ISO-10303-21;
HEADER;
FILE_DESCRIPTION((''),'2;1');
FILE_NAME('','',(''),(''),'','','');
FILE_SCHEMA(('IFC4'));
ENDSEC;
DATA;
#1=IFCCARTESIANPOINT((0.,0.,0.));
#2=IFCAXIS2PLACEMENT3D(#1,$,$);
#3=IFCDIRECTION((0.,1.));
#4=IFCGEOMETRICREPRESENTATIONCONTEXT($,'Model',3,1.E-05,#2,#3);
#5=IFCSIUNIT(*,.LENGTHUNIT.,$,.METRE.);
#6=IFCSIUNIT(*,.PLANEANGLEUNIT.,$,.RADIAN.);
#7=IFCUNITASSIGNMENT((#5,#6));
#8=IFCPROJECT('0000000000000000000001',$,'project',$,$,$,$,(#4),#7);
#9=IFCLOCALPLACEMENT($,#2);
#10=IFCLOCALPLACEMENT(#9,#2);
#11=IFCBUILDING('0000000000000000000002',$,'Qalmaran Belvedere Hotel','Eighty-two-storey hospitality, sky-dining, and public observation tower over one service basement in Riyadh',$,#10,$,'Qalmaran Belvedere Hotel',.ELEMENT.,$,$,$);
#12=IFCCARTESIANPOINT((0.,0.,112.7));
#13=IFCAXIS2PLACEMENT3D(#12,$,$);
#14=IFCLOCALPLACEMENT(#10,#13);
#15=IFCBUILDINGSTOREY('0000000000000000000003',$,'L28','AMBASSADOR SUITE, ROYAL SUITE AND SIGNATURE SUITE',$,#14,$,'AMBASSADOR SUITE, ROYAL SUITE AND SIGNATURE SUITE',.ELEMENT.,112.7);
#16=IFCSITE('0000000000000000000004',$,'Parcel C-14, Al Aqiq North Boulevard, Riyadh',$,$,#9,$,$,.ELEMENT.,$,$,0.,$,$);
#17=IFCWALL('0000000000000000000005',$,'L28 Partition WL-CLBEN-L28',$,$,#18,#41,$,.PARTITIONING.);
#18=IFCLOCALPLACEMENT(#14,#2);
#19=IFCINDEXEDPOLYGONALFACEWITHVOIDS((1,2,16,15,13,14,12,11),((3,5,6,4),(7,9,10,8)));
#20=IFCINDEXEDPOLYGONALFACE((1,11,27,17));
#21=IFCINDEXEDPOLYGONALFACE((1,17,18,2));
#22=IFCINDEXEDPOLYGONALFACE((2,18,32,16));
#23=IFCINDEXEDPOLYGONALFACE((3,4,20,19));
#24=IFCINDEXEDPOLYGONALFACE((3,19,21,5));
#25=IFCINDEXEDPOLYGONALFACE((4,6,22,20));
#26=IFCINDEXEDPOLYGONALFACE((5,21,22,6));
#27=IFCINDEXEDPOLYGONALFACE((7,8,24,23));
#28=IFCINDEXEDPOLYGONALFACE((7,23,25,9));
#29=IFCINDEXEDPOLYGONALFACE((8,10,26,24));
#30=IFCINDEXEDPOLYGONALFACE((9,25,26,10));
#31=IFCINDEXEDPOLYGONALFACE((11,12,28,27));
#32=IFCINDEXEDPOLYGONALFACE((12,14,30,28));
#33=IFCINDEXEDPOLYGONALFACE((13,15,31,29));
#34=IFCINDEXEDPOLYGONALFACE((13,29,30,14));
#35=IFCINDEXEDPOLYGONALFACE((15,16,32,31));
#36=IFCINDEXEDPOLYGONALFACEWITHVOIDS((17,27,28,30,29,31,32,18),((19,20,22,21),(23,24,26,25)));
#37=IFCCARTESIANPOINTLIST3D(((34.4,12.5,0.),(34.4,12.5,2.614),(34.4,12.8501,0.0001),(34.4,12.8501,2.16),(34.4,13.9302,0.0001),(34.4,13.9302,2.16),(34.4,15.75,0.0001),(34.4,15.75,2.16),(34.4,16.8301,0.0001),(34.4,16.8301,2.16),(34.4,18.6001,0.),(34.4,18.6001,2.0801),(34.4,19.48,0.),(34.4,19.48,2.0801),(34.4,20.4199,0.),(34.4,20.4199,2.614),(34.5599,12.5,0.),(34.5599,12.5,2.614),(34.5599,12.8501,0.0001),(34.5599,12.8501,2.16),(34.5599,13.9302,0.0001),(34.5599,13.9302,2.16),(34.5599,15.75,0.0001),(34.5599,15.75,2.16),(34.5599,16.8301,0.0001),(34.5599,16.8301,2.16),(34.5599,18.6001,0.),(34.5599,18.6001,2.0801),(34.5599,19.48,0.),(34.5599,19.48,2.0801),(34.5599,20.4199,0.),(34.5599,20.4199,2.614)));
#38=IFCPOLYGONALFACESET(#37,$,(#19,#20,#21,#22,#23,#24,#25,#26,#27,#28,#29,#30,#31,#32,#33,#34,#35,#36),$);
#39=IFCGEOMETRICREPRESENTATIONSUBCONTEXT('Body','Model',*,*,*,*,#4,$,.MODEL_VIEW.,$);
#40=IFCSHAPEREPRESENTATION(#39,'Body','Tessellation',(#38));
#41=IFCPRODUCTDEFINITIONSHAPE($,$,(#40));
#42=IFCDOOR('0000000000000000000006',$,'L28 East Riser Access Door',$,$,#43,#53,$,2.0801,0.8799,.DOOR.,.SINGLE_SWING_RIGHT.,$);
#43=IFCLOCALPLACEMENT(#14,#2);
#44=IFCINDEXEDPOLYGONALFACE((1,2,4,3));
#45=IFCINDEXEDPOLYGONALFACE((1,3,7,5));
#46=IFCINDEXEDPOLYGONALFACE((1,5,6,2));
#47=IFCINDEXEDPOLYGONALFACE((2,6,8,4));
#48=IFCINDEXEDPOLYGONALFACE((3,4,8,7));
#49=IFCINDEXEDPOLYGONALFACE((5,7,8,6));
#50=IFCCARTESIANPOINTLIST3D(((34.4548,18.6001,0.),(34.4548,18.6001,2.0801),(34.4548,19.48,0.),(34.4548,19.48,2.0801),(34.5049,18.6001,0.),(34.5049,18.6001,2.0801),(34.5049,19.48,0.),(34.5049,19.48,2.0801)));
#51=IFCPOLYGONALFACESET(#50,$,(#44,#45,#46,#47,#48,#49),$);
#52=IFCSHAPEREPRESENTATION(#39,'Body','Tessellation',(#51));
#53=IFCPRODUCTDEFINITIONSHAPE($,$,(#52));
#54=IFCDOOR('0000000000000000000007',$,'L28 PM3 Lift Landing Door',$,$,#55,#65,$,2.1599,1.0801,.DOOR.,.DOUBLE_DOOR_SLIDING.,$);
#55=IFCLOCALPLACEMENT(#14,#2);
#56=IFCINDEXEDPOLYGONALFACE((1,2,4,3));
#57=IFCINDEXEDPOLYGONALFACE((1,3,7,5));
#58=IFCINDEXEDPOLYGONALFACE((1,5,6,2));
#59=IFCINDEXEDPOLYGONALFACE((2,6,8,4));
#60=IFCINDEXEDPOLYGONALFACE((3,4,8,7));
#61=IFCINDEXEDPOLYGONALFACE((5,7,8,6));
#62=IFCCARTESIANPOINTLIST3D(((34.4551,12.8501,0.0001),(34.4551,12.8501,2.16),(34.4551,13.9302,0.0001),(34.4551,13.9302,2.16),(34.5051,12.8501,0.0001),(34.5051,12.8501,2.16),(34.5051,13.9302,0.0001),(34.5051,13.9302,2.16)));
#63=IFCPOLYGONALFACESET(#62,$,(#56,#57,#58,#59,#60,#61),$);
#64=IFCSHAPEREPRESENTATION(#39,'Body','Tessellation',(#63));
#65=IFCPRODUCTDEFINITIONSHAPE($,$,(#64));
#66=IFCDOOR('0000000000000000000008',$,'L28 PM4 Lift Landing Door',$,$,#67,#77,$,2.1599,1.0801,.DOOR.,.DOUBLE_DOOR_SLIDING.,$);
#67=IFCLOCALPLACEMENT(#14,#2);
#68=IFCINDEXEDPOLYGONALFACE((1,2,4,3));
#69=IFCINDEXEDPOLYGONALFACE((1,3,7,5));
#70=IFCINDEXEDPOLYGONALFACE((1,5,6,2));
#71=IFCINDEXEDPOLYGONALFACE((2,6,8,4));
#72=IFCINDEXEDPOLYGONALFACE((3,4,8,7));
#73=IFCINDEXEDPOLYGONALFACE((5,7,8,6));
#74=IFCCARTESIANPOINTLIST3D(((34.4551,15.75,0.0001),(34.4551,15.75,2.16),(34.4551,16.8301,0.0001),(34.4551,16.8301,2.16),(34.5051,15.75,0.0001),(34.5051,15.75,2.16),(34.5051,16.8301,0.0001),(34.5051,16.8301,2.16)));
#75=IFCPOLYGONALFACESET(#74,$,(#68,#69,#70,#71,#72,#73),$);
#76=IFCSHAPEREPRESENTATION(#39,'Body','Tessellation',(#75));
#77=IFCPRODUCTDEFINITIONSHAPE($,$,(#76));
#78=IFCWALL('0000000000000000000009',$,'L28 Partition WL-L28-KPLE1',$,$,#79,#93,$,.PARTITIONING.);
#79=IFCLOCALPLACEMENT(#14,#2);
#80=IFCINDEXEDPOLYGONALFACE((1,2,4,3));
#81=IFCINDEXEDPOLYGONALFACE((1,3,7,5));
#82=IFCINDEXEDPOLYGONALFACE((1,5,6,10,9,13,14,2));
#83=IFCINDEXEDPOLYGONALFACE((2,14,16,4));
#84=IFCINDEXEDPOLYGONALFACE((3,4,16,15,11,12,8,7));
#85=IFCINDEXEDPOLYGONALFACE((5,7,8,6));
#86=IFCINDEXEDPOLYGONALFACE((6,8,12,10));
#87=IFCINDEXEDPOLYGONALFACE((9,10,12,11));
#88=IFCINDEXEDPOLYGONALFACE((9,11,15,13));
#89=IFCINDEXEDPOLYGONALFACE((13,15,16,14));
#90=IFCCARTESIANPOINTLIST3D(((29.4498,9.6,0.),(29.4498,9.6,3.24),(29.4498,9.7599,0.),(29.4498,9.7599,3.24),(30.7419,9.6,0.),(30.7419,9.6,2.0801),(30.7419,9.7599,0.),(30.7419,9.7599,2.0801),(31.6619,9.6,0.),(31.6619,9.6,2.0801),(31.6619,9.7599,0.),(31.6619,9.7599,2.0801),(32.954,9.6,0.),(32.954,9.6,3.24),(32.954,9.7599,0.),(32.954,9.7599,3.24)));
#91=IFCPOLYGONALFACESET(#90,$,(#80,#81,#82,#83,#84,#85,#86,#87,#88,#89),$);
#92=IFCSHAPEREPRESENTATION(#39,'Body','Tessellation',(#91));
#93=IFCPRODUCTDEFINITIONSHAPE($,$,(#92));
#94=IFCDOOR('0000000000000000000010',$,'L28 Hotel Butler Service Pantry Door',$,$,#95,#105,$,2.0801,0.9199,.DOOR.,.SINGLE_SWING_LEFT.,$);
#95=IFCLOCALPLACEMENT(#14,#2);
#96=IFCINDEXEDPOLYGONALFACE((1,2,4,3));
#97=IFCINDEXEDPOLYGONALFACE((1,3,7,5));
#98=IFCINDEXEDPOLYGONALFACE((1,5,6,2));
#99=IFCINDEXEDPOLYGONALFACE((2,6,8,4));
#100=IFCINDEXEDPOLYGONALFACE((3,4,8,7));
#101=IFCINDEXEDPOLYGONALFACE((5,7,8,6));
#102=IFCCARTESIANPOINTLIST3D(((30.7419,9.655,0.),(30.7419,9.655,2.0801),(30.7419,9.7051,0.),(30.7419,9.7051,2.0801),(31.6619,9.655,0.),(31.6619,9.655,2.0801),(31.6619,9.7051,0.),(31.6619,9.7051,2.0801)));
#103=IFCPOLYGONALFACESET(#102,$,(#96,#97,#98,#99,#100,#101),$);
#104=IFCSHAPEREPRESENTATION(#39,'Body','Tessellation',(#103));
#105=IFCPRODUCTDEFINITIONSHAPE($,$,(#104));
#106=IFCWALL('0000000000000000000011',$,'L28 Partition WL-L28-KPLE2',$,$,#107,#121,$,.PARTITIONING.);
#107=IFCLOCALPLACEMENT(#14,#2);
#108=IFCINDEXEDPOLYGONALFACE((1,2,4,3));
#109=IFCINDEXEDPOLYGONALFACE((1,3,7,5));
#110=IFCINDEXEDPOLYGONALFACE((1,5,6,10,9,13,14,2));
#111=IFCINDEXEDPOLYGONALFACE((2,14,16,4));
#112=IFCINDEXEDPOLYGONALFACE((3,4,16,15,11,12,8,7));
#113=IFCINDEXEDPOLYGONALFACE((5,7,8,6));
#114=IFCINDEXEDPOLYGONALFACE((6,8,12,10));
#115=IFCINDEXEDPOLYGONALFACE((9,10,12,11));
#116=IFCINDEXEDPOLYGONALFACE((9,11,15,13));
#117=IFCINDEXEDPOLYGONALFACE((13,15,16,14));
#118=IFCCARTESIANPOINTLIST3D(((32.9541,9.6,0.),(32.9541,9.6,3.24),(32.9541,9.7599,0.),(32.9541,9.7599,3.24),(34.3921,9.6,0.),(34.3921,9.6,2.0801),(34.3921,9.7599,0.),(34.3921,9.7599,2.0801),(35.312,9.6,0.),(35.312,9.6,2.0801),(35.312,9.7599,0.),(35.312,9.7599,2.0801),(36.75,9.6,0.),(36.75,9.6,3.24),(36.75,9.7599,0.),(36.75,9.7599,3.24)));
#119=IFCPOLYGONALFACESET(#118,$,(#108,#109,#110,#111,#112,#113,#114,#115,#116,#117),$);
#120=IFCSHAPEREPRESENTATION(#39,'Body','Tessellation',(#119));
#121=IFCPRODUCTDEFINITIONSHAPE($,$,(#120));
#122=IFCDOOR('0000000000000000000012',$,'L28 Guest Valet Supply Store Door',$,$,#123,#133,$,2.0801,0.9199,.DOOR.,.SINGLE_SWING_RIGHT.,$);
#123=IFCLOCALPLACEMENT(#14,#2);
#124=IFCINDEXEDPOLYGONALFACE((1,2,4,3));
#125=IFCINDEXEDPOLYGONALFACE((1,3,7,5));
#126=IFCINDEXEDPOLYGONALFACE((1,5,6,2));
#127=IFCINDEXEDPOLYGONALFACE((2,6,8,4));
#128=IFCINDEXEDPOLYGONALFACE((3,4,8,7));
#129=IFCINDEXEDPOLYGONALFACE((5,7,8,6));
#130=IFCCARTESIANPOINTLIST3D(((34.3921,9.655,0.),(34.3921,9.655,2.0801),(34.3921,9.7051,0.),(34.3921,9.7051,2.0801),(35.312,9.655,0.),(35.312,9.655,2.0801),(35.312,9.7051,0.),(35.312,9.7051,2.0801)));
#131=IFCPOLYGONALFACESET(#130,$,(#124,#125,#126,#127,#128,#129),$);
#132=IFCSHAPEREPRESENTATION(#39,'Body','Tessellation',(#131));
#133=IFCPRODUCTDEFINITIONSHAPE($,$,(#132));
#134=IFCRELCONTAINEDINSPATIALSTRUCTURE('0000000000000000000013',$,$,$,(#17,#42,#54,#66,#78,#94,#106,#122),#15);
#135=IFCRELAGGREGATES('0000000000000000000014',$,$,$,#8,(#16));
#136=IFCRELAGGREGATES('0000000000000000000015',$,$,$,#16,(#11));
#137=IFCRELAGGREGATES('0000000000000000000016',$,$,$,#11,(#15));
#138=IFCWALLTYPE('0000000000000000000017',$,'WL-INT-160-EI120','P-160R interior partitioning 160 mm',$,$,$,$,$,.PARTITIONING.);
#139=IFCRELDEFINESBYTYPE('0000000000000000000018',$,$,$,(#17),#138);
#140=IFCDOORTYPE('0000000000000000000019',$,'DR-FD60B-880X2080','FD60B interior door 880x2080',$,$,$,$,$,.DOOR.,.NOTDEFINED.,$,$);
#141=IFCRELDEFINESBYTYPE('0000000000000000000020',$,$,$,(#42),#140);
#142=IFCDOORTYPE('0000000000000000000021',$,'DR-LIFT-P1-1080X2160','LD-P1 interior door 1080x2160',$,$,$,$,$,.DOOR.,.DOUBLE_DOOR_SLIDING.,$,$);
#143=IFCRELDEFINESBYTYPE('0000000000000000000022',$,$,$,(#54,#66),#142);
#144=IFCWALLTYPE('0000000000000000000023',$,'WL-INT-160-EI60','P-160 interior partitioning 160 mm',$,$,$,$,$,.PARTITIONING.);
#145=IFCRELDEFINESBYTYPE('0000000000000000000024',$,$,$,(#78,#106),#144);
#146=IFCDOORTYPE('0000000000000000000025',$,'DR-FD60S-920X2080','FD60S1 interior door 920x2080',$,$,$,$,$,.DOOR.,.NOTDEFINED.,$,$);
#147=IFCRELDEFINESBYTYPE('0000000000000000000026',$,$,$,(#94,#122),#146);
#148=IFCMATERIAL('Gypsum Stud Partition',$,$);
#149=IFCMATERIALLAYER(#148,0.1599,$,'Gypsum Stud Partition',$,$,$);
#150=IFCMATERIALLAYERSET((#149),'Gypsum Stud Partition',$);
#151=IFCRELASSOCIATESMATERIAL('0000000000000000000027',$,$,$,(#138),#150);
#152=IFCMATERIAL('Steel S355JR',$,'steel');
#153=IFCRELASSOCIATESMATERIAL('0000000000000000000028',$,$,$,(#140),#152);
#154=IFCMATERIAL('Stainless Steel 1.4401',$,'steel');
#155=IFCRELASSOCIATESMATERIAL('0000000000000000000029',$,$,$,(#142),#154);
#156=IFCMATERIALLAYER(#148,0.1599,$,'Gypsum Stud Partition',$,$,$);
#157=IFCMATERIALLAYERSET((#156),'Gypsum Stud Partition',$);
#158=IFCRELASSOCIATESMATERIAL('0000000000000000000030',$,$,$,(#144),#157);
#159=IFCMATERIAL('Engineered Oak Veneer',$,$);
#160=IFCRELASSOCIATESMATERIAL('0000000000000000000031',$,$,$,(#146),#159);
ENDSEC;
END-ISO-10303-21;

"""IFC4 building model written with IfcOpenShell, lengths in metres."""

from ifc_helpers import new_model, si_unit, direction, frame, frame_2d, origin, place, context, subcontext, project, spatial, rectangle, extrude, material, layer, layer_set, type_object, element, fill, save


model = new_model("IFC4")

# Units and contexts
model_context = context("Model", 3, precision=1e-05, world=origin(), true_north=direction((0.0, 1.0)))
body_context = subcontext(model_context, "Body", "Model", "MODEL_VIEW")
ifc_project = project(units=[si_unit("LENGTHUNIT", "METRE"), si_unit("PLANEANGLEUNIT", "RADIAN")], contexts=[model_context])

# Site, building, storey
site_placement = place(None, origin())
site = spatial("IfcSite", under=ifc_project, at=site_placement, Name="Parcel C-14, Al Aqiq North Boulevard, Riyadh", CompositionType="ELEMENT", RefElevation=0.0)
building_placement = place(site_placement, origin())
building = spatial("IfcBuilding", under=site, at=building_placement, Name="Qalmaran Belvedere Hotel", Description="Eighty-two-storey hospitality, sky-dining, and public observation tower over one service basement in Riyadh", LongName="Qalmaran Belvedere Hotel", CompositionType="ELEMENT")
storey_placement = place(building_placement, frame((0.0, 0.0, 112.7)))
storey = spatial("IfcBuildingStorey", under=building, at=storey_placement, Name="L28", Description="AMBASSADOR SUITE, ROYAL SUITE AND SIGNATURE SUITE", LongName="AMBASSADOR SUITE, ROYAL SUITE AND SIGNATURE SUITE", CompositionType="ELEMENT", Elevation=112.7)

# Shared definitions
ifc_material_1 = material(Name="Steel S355JR", Category="steel")

# Shared definitions
ifc_material_2 = material(Name="Gypsum Stud Partition")

# Wall, openings, doors
ifc_layer_1 = layer(ifc_material_2, 0.1599, Name="Gypsum Stud Partition")
ifc_layer_set_1 = layer_set([ifc_layer_1], Name="Gypsum Stud Partition")
wall_type_1 = type_object("IfcWallType", Name="WL-INT-160-EI120", Description="P-160R interior partitioning 160 mm", PredefinedType="PARTITIONING", material=ifc_layer_set_1)
door_type_1 = type_object("IfcDoorType", Name="DR-FD60B-880X2080", Description="FD60B interior door 880x2080", OperationType="NOTDEFINED", PredefinedType="DOOR", material=ifc_material_1)
ifc_material_3 = material(Name="Stainless Steel 1.4401", Category="steel")
door_type_2 = type_object("IfcDoorType", Name="DR-LIFT-P1-1080X2160", Description="LD-P1 interior door 1080x2160", OperationType="DOUBLE_DOOR_SLIDING", PredefinedType="DOOR", material=ifc_material_3)
wall_1_placement = place(storey_placement, frame((34.48, 12.5, 0.0), z_axis=(0.0, 0.0, 1.0), x_axis=(0.0, 1.0, 0.0)))
wall_1 = element("IfcWall", 1, at=wall_1_placement, inside=storey, type_object=wall_type_1, Name="L28 Partition WL-CLBEN-L28", PredefinedType="PARTITIONING", context=body_context, shape_type="SweptSolid", body=[
    extrude(rectangle(XDim=7.9199, YDim=0.1599, at=frame_2d((3.96, 0.0))), origin(), (0.0, 0.0, 1.0), 2.614),
])
opening_1_placement = place(wall_1_placement, frame((0.3501, 0.0, 0.0)))
opening_1 = element("IfcOpeningElement", 2, at=opening_1_placement, cuts=wall_1, PredefinedType="OPENING", context=body_context, shape_type="SweptSolid", body=[
    extrude(rectangle(XDim=1.0801, YDim=2.1599, at=frame_2d((0.54, 1.0801))), frame((0.0, 0.0898, 0.0), z_axis=(0.0, -1.0, 0.0), x_axis=(1.0, 0.0, 0.0)), (0.0, 0.0, 1.0), 0.1799),
])
opening_2_placement = place(wall_1_placement, frame((3.25, 0.0, 0.0)))
opening_2 = element("IfcOpeningElement", 3, at=opening_2_placement, cuts=wall_1, PredefinedType="OPENING", context=body_context, shape_type="SweptSolid", body=[
    extrude(rectangle(XDim=1.0801, YDim=2.1599, at=frame_2d((0.54, 1.0801))), frame((0.0, 0.0898, 0.0), z_axis=(0.0, -1.0, 0.0), x_axis=(1.0, 0.0, 0.0)), (0.0, 0.0, 1.0), 0.1799),
])
opening_3_placement = place(wall_1_placement, frame((6.98, 0.0, 0.0), z_axis=(0.0, 0.0, 1.0), x_axis=(-1.0, 0.0, 0.0)))
opening_3 = element("IfcOpeningElement", 4, at=opening_3_placement, cuts=wall_1, PredefinedType="OPENING", context=body_context, shape_type="SweptSolid", body=[
    extrude(rectangle(XDim=0.8799, YDim=2.0801, at=frame_2d((0.4399, 1.04))), frame((0.0, 0.0898, 0.0), z_axis=(0.0, -1.0, 0.0), x_axis=(1.0, 0.0, 0.0)), (0.0, 0.0, 1.0), 0.1799),
])
door_1_placement = place(opening_3_placement, origin())
door_1 = element("IfcDoor", 5, at=door_1_placement, inside=storey, type_object=door_type_1, Name="L28 East Riser Access Door", OperationType="SINGLE_SWING_RIGHT", OverallHeight=2.0801, OverallWidth=0.8799, PredefinedType="DOOR", context=body_context, shape_type="SweptSolid", body=[
    extrude(rectangle(XDim=0.8799, YDim=2.0801, at=frame_2d((0.4399, 1.04))), frame((0.0, 0.0249, 0.0), z_axis=(0.0, -1.0, 0.0), x_axis=(1.0, 0.0, 0.0)), (0.0, 0.0, 1.0), 0.05),
])
fill(opening_3, door_1)
door_2_placement = place(opening_1_placement, origin())
door_2 = element("IfcDoor", 6, at=door_2_placement, inside=storey, type_object=door_type_2, Name="L28 PM3 Lift Landing Door", OperationType="DOUBLE_DOOR_SLIDING", OverallHeight=2.1599, OverallWidth=1.0801, PredefinedType="DOOR", context=body_context, shape_type="SweptSolid", body=[
    extrude(rectangle(XDim=1.0801, YDim=2.1599, at=frame_2d((0.54, 1.0801))), frame((0.0, 0.0249, 0.0), z_axis=(0.0, -1.0, 0.0), x_axis=(1.0, 0.0, 0.0)), (0.0, 0.0, 1.0), 0.05),
])
fill(opening_1, door_2)
door_3_placement = place(opening_2_placement, origin())
door_3 = element("IfcDoor", 7, at=door_3_placement, inside=storey, type_object=door_type_2, Name="L28 PM4 Lift Landing Door", OperationType="DOUBLE_DOOR_SLIDING", OverallHeight=2.1599, OverallWidth=1.0801, PredefinedType="DOOR", context=body_context, shape_type="SweptSolid", body=[
    extrude(rectangle(XDim=1.0801, YDim=2.1599, at=frame_2d((0.54, 1.0801))), frame((0.0, 0.0249, 0.0), z_axis=(0.0, -1.0, 0.0), x_axis=(1.0, 0.0, 0.0)), (0.0, 0.0, 1.0), 0.05),
])
fill(opening_2, door_3)

# Walls, openings, doors
ifc_layer_2 = layer(ifc_material_2, 0.1599, Name="Gypsum Stud Partition")
ifc_layer_set_2 = layer_set([ifc_layer_2], Name="Gypsum Stud Partition")
wall_type_2 = type_object("IfcWallType", Name="WL-INT-160-EI60", Description="P-160 interior partitioning 160 mm", PredefinedType="PARTITIONING", material=ifc_layer_set_2)
wall_2_placement = place(storey_placement, frame((29.45, 9.6799, 0.0), z_axis=(0.0, 0.0, 1.0), x_axis=(1.0, 0.0, 0.0)))
wall_2 = element("IfcWall", 8, at=wall_2_placement, inside=storey, type_object=wall_type_2, Name="L28 Partition WL-L28-KPLE1", PredefinedType="PARTITIONING", context=body_context, shape_type="SweptSolid", body=[
    extrude(rectangle(XDim=3.5042, YDim=0.1599, at=frame_2d((1.752, 0.0))), origin(), (0.0, 0.0, 1.0), 3.24),
])
opening_4_placement = place(wall_2_placement, frame((2.2119, 0.0, 0.0), z_axis=(0.0, 0.0, 1.0), x_axis=(-1.0, 0.0, 0.0)))
opening_4 = element("IfcOpeningElement", 9, at=opening_4_placement, cuts=wall_2, PredefinedType="OPENING", context=body_context, shape_type="SweptSolid", body=[
    extrude(rectangle(XDim=0.9199, YDim=2.0801, at=frame_2d((0.46, 1.04))), frame((0.0, 0.0898, 0.0), z_axis=(0.0, -1.0, 0.0), x_axis=(1.0, 0.0, 0.0)), (0.0, 0.0, 1.0), 0.1799),
])
ifc_material_4 = material(Name="Engineered Oak Veneer")
door_type_3 = type_object("IfcDoorType", Name="DR-FD60S-920X2080", Description="FD60S1 interior door 920x2080", OperationType="NOTDEFINED", PredefinedType="DOOR", material=ifc_material_4)
door_4_placement = place(opening_4_placement, origin())
door_4 = element("IfcDoor", 10, at=door_4_placement, inside=storey, type_object=door_type_3, Name="L28 Hotel Butler Service Pantry Door", OperationType="SINGLE_SWING_LEFT", OverallHeight=2.0801, OverallWidth=0.9199, PredefinedType="DOOR", context=body_context, shape_type="SweptSolid", body=[
    extrude(rectangle(XDim=0.9199, YDim=2.0801, at=frame_2d((0.46, 1.04))), frame((0.0, 0.0249, 0.0), z_axis=(0.0, -1.0, 0.0), x_axis=(1.0, 0.0, 0.0)), (0.0, 0.0, 1.0), 0.05),
])
fill(opening_4, door_4)
wall_3_placement = place(storey_placement, frame((32.9541, 9.6799, 0.0), z_axis=(0.0, 0.0, 1.0), x_axis=(1.0, 0.0, 0.0)))
wall_3 = element("IfcWall", 11, at=wall_3_placement, inside=storey, type_object=wall_type_2, Name="L28 Partition WL-L28-KPLE2", PredefinedType="PARTITIONING", context=body_context, shape_type="SweptSolid", body=[
    extrude(rectangle(XDim=3.7959, YDim=0.1599, at=frame_2d((1.8979, 0.0))), origin(), (0.0, 0.0, 1.0), 3.24),
])
opening_5_placement = place(wall_3_placement, frame((2.3579, 0.0, 0.0), z_axis=(0.0, 0.0, 1.0), x_axis=(-1.0, 0.0, 0.0)))
opening_5 = element("IfcOpeningElement", 12, at=opening_5_placement, cuts=wall_3, PredefinedType="OPENING", context=body_context, shape_type="SweptSolid", body=[
    extrude(rectangle(XDim=0.9199, YDim=2.0801, at=frame_2d((0.46, 1.04))), frame((0.0, 0.0898, 0.0), z_axis=(0.0, -1.0, 0.0), x_axis=(1.0, 0.0, 0.0)), (0.0, 0.0, 1.0), 0.1799),
])
door_5_placement = place(opening_5_placement, origin())
door_5 = element("IfcDoor", 13, at=door_5_placement, inside=storey, type_object=door_type_3, Name="L28 Guest Valet Supply Store Door", OperationType="SINGLE_SWING_RIGHT", OverallHeight=2.0801, OverallWidth=0.9199, PredefinedType="DOOR", context=body_context, shape_type="SweptSolid", body=[
    extrude(rectangle(XDim=0.9199, YDim=2.0801, at=frame_2d((0.46, 1.04))), frame((0.0, 0.0249, 0.0), z_axis=(0.0, -1.0, 0.0), x_axis=(1.0, 0.0, 0.0)), (0.0, 0.0, 1.0), 0.05),
])
fill(opening_5, door_5)

save(model, "model.ifc")
